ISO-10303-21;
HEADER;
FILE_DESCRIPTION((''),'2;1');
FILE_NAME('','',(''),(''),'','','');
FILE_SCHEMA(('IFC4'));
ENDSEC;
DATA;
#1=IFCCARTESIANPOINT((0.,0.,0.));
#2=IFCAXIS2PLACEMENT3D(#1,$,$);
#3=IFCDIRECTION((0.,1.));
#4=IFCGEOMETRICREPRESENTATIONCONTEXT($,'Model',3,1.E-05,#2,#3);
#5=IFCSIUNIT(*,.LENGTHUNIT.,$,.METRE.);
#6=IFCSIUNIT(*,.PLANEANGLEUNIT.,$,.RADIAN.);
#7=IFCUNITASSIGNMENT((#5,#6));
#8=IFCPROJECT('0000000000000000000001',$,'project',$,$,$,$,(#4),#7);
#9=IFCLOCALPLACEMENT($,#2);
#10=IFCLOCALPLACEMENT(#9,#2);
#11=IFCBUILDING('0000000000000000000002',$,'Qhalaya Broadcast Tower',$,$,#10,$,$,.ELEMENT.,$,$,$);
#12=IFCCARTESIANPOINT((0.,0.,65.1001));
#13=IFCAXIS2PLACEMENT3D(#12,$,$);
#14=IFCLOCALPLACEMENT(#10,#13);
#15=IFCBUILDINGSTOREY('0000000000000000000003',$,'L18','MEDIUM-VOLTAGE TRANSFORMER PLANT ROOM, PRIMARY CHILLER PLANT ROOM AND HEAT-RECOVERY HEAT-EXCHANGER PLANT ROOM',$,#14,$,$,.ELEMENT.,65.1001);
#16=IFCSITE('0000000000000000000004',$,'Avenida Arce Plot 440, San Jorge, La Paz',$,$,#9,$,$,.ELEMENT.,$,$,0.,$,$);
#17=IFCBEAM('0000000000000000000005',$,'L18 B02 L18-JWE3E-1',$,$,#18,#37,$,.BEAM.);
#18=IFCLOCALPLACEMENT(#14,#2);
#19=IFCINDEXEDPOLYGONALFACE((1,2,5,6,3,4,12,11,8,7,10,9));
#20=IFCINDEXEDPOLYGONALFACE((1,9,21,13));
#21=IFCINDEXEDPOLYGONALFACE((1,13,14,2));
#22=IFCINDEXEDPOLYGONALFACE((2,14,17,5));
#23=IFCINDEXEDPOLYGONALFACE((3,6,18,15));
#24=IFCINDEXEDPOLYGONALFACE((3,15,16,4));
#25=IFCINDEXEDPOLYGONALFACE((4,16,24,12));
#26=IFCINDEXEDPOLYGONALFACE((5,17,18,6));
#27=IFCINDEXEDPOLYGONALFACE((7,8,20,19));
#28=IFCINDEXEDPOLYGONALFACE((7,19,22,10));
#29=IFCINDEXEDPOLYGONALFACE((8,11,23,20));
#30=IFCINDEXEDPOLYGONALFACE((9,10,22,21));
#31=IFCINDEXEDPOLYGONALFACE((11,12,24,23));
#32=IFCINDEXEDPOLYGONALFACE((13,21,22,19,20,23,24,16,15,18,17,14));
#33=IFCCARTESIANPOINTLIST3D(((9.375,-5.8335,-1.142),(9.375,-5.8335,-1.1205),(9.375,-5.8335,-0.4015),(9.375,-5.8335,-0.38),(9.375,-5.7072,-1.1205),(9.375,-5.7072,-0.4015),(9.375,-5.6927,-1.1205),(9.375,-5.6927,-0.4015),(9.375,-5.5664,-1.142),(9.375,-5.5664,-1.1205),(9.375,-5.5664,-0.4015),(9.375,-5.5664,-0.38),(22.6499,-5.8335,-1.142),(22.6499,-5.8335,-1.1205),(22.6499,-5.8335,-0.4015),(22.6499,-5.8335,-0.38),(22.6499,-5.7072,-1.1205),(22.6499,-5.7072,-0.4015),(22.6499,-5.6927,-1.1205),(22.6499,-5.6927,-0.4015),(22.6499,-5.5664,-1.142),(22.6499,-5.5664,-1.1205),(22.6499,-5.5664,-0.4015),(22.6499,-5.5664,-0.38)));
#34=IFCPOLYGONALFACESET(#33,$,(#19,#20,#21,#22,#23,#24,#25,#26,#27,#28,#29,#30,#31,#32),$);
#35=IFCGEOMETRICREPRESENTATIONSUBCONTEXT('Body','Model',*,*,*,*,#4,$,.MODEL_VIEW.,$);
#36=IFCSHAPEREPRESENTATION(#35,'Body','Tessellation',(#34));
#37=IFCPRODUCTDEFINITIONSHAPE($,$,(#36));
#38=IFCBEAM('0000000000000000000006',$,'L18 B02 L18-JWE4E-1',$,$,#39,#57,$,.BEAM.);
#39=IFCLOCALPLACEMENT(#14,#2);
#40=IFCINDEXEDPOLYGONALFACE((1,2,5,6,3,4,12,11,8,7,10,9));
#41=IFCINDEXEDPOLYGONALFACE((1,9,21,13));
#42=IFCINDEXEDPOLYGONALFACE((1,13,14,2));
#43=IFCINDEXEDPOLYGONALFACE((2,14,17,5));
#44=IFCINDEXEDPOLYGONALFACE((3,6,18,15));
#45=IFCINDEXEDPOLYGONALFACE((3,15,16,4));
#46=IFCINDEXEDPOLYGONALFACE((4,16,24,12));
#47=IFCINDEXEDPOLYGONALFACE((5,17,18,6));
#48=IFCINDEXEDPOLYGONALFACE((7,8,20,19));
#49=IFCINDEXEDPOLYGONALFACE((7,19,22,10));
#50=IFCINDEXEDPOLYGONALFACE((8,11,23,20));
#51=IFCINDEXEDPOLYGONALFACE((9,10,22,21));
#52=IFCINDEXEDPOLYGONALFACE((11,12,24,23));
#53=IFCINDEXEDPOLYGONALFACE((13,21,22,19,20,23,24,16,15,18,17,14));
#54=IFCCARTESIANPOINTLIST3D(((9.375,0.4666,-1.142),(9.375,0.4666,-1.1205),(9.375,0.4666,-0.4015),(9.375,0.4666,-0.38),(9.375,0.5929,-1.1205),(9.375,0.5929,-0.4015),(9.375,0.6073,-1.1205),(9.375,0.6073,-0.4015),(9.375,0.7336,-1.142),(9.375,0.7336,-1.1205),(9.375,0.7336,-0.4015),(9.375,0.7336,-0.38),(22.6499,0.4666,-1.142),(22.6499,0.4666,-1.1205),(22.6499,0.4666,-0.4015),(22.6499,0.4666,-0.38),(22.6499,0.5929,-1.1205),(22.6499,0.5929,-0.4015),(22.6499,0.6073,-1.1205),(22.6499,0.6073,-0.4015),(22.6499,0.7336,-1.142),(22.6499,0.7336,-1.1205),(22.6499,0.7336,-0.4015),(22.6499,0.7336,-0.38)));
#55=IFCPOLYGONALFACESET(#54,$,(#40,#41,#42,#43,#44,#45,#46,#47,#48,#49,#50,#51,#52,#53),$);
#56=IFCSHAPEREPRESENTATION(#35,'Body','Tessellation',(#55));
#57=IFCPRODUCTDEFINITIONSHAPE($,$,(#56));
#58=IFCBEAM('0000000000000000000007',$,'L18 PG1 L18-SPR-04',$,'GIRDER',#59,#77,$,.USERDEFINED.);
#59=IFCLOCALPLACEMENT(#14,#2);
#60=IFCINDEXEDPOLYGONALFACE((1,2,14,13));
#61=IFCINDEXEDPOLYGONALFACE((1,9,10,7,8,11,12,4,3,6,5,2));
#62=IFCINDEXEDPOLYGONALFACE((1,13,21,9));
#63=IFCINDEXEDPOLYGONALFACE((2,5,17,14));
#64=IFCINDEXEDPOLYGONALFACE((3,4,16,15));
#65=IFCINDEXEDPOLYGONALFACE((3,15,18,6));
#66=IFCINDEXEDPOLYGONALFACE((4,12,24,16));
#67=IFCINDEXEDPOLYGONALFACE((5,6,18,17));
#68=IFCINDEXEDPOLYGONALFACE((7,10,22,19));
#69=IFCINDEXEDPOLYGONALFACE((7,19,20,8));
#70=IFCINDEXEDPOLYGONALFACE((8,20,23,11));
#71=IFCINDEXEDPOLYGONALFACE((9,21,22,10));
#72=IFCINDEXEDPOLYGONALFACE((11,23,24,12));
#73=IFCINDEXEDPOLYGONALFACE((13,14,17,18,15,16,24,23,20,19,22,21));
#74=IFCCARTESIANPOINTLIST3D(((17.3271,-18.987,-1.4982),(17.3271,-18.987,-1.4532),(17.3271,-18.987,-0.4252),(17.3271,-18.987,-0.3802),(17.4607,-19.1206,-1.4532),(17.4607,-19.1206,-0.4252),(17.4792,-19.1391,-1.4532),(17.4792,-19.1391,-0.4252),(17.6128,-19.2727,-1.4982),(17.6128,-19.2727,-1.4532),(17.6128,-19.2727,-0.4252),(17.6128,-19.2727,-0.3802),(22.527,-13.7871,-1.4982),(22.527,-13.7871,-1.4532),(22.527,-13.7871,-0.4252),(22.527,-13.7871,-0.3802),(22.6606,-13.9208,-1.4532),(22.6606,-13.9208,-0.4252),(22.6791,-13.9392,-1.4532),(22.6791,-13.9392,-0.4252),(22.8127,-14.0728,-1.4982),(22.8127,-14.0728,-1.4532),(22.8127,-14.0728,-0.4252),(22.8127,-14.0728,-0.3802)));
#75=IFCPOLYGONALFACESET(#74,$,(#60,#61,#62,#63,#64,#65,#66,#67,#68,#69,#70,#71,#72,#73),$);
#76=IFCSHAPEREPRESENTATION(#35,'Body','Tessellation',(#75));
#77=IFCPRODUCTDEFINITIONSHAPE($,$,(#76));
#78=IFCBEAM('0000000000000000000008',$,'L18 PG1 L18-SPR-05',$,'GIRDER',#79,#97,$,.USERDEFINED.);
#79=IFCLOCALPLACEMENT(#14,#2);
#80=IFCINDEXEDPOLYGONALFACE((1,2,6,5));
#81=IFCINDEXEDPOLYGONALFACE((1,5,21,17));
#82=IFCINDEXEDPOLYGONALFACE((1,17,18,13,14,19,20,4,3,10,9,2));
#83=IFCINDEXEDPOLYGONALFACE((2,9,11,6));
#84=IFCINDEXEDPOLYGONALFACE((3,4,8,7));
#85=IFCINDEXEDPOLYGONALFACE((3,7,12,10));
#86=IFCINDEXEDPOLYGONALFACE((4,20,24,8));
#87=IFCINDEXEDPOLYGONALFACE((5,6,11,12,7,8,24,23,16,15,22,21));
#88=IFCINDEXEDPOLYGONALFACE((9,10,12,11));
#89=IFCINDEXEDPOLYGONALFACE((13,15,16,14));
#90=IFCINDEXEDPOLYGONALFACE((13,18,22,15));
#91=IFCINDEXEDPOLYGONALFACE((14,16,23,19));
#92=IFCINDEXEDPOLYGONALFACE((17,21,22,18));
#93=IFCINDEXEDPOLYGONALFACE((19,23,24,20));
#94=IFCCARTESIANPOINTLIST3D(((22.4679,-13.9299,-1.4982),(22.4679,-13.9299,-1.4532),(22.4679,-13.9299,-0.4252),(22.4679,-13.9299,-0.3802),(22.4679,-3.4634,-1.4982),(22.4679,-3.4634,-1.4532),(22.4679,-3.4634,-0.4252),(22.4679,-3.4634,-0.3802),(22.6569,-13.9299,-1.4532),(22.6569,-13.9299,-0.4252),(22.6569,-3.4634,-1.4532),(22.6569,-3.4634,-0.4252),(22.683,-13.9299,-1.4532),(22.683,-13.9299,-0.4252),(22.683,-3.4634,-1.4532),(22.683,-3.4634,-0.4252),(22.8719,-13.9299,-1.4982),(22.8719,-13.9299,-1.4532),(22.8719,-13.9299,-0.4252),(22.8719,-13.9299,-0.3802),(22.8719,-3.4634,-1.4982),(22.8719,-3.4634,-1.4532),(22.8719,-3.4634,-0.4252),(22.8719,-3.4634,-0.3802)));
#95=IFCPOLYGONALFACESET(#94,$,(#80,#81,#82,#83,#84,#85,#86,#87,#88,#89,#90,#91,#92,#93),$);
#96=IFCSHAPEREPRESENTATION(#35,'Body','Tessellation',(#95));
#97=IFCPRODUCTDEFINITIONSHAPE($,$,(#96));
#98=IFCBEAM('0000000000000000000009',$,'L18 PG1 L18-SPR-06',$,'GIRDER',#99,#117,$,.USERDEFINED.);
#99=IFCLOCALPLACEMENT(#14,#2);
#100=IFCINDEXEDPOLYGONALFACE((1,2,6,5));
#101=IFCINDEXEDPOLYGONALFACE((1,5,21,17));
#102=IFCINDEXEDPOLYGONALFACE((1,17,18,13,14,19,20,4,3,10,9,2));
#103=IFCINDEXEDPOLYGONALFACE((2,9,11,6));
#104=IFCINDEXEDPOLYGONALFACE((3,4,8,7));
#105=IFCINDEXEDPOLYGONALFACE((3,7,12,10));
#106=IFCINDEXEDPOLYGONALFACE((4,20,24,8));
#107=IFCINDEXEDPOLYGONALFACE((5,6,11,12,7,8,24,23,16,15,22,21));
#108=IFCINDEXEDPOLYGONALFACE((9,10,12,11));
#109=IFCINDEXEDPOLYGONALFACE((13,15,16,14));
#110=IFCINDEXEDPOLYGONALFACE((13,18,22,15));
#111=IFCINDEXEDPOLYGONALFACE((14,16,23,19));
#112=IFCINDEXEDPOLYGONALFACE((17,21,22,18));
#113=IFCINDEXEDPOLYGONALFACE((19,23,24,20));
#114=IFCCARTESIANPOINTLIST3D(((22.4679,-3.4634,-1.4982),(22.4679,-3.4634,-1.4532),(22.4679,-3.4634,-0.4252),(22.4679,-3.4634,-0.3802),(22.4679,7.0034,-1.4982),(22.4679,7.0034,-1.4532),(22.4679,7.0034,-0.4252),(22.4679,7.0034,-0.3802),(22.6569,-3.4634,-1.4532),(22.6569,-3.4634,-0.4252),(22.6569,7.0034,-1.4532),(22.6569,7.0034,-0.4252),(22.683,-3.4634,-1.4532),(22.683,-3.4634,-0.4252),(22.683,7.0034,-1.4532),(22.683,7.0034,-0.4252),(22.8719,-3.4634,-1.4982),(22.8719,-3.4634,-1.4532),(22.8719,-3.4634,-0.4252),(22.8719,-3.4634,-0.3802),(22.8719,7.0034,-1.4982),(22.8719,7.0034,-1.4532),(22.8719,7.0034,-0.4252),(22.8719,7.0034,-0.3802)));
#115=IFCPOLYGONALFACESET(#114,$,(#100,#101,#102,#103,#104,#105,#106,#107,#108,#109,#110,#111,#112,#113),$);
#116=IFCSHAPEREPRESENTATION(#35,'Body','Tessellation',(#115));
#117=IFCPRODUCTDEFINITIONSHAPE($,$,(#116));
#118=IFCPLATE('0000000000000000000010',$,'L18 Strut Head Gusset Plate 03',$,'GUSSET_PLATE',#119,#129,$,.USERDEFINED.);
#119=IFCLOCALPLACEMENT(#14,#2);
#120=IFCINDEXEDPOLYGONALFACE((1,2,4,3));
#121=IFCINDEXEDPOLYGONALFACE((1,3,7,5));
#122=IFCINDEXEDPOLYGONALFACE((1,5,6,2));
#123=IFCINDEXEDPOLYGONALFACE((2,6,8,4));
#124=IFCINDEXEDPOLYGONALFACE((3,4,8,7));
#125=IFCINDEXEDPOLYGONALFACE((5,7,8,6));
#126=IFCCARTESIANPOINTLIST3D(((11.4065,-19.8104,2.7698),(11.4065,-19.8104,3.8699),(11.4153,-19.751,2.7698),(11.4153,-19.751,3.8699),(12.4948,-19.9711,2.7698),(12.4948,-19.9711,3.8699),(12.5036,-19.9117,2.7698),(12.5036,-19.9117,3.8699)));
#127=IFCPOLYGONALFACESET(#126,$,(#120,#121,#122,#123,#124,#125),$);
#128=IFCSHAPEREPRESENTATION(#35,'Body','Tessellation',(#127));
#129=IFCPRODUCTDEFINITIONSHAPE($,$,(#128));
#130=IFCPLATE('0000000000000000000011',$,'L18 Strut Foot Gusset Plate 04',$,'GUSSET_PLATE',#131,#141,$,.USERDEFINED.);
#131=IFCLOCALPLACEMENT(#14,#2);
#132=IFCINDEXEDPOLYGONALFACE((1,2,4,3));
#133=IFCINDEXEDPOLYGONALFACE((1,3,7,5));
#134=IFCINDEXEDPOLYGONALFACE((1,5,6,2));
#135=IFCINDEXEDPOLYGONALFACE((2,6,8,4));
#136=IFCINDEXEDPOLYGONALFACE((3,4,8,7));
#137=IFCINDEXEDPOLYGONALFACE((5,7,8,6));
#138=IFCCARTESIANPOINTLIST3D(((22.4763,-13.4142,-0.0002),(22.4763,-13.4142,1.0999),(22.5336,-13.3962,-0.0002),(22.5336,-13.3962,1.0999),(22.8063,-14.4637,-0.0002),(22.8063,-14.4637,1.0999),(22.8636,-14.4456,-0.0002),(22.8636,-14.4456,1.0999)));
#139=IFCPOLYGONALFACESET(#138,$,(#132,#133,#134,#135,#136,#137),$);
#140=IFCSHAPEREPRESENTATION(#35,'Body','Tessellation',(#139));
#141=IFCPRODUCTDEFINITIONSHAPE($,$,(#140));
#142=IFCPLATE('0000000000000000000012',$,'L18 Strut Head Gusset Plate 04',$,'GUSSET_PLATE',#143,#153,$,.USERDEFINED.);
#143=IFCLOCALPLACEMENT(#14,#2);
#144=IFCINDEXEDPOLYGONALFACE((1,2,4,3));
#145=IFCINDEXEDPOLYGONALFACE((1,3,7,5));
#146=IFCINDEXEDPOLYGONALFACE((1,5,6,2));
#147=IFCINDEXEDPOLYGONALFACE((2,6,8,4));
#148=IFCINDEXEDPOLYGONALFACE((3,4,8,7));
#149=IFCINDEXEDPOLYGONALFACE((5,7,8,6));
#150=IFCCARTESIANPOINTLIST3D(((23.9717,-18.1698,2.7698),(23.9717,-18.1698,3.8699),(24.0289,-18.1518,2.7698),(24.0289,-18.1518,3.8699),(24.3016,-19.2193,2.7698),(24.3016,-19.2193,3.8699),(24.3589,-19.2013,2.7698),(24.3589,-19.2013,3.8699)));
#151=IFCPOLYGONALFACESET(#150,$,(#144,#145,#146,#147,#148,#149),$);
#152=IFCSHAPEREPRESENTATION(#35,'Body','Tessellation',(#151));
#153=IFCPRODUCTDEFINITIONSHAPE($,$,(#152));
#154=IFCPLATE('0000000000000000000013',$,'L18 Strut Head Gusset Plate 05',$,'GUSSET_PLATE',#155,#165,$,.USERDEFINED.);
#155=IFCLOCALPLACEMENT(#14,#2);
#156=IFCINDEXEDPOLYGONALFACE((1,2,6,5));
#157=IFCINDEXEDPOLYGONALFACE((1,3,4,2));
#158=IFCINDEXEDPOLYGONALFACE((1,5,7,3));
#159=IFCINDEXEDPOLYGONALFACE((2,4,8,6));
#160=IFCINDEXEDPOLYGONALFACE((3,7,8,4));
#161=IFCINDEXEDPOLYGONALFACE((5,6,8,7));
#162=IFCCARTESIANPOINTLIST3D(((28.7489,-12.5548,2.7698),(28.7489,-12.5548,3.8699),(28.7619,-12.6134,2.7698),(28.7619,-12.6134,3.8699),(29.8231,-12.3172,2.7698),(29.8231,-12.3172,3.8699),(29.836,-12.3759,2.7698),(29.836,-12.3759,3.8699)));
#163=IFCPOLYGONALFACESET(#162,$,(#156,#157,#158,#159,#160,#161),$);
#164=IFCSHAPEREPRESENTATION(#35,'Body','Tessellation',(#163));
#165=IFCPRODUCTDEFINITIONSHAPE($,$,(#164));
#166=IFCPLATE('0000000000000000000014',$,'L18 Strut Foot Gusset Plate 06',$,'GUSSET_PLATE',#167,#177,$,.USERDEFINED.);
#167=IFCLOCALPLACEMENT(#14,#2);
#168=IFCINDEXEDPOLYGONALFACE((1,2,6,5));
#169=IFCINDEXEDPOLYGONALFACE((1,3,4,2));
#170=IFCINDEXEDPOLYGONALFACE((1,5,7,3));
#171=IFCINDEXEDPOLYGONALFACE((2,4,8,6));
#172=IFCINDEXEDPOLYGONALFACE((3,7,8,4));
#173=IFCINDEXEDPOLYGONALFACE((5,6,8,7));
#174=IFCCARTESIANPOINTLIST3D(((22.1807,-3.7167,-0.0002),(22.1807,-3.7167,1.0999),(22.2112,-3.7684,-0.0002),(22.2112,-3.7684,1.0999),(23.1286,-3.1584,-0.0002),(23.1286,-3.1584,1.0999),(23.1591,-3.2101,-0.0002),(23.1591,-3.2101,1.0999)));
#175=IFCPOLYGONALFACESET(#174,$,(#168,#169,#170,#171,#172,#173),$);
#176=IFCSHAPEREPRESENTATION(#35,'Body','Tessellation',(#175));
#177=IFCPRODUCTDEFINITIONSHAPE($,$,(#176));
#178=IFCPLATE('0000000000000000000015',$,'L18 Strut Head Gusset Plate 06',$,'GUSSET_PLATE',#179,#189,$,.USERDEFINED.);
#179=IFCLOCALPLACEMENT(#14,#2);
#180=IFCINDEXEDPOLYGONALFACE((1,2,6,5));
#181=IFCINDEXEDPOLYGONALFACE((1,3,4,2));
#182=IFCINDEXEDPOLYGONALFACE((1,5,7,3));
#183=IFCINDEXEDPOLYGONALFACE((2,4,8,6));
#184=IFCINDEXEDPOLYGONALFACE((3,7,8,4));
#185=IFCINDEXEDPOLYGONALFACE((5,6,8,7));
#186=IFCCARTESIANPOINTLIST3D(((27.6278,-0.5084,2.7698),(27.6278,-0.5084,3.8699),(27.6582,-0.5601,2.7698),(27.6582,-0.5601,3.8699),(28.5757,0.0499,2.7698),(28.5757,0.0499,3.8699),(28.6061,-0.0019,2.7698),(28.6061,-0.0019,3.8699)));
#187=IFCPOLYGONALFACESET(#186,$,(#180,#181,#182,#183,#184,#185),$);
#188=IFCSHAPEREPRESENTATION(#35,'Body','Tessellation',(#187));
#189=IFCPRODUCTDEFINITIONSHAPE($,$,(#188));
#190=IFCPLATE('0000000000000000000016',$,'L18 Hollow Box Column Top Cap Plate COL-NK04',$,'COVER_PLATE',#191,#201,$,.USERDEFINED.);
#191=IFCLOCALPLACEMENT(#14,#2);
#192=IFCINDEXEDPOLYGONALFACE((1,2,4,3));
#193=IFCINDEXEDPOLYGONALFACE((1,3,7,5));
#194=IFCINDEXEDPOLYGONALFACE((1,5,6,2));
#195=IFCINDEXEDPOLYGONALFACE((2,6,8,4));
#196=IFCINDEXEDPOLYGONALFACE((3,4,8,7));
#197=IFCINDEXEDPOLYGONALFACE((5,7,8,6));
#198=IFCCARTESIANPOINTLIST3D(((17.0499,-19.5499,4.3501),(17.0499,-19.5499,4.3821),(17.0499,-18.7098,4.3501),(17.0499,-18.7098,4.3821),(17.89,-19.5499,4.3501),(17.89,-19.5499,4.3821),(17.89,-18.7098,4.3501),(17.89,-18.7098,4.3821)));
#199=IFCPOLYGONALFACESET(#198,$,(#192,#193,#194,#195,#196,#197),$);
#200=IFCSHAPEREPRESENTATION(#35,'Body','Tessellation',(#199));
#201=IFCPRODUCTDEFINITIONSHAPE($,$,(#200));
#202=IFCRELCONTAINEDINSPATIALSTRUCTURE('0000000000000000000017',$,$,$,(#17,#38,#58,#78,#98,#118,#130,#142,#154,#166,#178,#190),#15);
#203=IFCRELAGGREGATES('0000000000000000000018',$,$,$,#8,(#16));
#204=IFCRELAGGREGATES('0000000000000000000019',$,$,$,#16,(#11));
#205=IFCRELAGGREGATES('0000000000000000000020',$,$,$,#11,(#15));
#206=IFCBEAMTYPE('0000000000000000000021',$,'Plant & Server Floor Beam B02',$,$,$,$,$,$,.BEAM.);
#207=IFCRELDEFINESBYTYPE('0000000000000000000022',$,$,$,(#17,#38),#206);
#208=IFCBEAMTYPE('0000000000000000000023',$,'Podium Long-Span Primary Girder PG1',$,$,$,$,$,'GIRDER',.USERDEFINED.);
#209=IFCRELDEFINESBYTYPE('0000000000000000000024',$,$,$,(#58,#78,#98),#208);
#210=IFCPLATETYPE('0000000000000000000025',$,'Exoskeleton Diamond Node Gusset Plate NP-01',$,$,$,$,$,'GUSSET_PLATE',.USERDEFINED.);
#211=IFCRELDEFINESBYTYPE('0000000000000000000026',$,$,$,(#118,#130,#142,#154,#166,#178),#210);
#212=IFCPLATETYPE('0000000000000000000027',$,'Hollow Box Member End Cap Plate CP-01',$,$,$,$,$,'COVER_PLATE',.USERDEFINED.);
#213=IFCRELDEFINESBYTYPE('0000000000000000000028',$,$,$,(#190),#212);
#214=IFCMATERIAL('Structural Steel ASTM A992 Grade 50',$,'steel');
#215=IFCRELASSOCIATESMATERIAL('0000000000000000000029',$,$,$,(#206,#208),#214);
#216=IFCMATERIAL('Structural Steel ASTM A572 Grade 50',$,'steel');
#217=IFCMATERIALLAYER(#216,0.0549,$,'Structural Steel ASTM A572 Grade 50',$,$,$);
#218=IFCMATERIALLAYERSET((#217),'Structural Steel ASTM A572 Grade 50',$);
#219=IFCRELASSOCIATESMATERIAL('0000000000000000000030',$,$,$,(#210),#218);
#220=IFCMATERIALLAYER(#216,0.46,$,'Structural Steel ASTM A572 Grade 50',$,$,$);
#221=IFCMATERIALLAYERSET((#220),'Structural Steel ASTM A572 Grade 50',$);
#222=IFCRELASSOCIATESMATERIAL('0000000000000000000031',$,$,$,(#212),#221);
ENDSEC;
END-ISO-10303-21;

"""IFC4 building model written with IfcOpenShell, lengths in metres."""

from ifc_helpers import new_model, si_unit, direction, frame, origin, origin_2d, place, context, subcontext, project, spatial, rectangle, i_section, extrude, material, layer, layer_set, material_profile, profile_set, type_object, element, save


model = new_model("IFC4")

# Units and contexts
model_context = context("Model", 3, precision=1e-05, world=origin(), true_north=direction((0.0, 1.0)))
body_context = subcontext(model_context, "Body", "Model", "MODEL_VIEW")
ifc_project = project(units=[si_unit("LENGTHUNIT", "METRE"), si_unit("PLANEANGLEUNIT", "RADIAN")], contexts=[model_context])

# Site, building, storey
site_placement = place(None, origin())
site = spatial("IfcSite", under=ifc_project, at=site_placement, Name="Avenida Arce Plot 440, San Jorge, La Paz", CompositionType="ELEMENT", RefElevation=0.0)
building_placement = place(site_placement, origin())
building = spatial("IfcBuilding", under=site, at=building_placement, Name="Qhalaya Broadcast Tower", CompositionType="ELEMENT")
storey_placement = place(building_placement, frame((0.0, 0.0, 65.1001)))
storey = spatial("IfcBuildingStorey", under=building, at=storey_placement, Name="L18", Description="MEDIUM-VOLTAGE TRANSFORMER PLANT ROOM, PRIMARY CHILLER PLANT ROOM AND HEAT-RECOVERY HEAT-EXCHANGER PLANT ROOM", CompositionType="ELEMENT", Elevation=65.1001)

# Shared definitions
ifc_material_1 = material(Name="Structural Steel ASTM A992 Grade 50", Category="steel")
ifc_material_2 = material(Name="Structural Steel ASTM A572 Grade 50", Category="steel")

# Beams
ifc_material_profile_1 = material_profile(ifc_material_1, i_section(OverallWidth=0.2671, OverallDepth=0.762, WebThickness=0.0144, FlangeThickness=0.0215, at=origin_2d()), Name="W30X116")
ifc_profile_set_1 = profile_set([ifc_material_profile_1], Name="Structural Steel ASTM A992 Grade 50")
beam_type_1 = type_object("IfcBeamType", Name="Plant & Server Floor Beam B02", PredefinedType="BEAM", material=ifc_profile_set_1)
for number, where, z_axis, x_axis, name in (
    (1, (9.375, -5.7, -0.761), (1.0, 0.0, 0.0), (0.0, 1.0, 0.0), "L18 B02 L18-JWE3E-1"),
    (2, (9.375, 0.6001, -0.761), (1.0, 0.0, 0.0), (0.0, 1.0, 0.0), "L18 B02 L18-JWE4E-1"),
):
    element("IfcBeam", number, at=place(storey_placement, frame(where, z_axis=z_axis, x_axis=x_axis)), inside=storey, type_object=beam_type_1, Name=name, PredefinedType="BEAM", context=body_context, shape_type="SweptSolid", body=[
        extrude(i_section(OverallWidth=0.2671, OverallDepth=0.762, WebThickness=0.0144, FlangeThickness=0.0215, at=origin_2d()), origin(), (0.0, 0.0, 1.0), 13.2749),
    ])
ifc_material_profile_2 = material_profile(ifc_material_1, i_section(OverallWidth=0.4041, OverallDepth=1.1179, WebThickness=0.0261, FlangeThickness=0.0449, at=origin_2d()), Name="W44X335")
ifc_profile_set_2 = profile_set([ifc_material_profile_2], Name="Structural Steel ASTM A992 Grade 50")
beam_type_2 = type_object("IfcBeamType", Name="Podium Long-Span Primary Girder PG1", ElementType="GIRDER", PredefinedType="USERDEFINED", material=ifc_profile_set_2)
beam_1_placement = place(storey_placement, frame((17.47, -19.1299, -0.9392), z_axis=(0.707107, 0.707107, 0.0), x_axis=(-0.707107, 0.707107, 0.0)))
element("IfcBeam", 3, at=beam_1_placement, inside=storey, type_object=beam_type_2, Name="L18 PG1 L18-SPR-04", ObjectType="GIRDER", PredefinedType="USERDEFINED", context=body_context, shape_type="SweptSolid", body=[
    extrude(i_section(OverallWidth=0.4041, OverallDepth=1.1179, WebThickness=0.0261, FlangeThickness=0.0449, at=origin_2d()), origin(), (0.0, 0.0, 1.0), 7.3538),
])
beam_2_placement = place(storey_placement, frame((22.6699, -13.9299, -0.9392), z_axis=(0.0, 1.0, 0.0), x_axis=(-1.0, 0.0, 0.0)))
element("IfcBeam", 4, at=beam_2_placement, inside=storey, type_object=beam_type_2, Name="L18 PG1 L18-SPR-05", ObjectType="GIRDER", PredefinedType="USERDEFINED", context=body_context, shape_type="SweptSolid", body=[
    extrude(i_section(OverallWidth=0.4041, OverallDepth=1.1179, WebThickness=0.0261, FlangeThickness=0.0449, at=origin_2d()), origin(), (0.0, 0.0, 1.0), 10.4666),
])
beam_3_placement = place(storey_placement, frame((22.6699, -3.4634, -0.9392), z_axis=(0.0, 1.0, 0.0), x_axis=(-1.0, 0.0, 0.0)))
element("IfcBeam", 5, at=beam_3_placement, inside=storey, type_object=beam_type_2, Name="L18 PG1 L18-SPR-06", ObjectType="GIRDER", PredefinedType="USERDEFINED", context=body_context, shape_type="SweptSolid", body=[
    extrude(i_section(OverallWidth=0.4041, OverallDepth=1.1179, WebThickness=0.0261, FlangeThickness=0.0449, at=origin_2d()), origin(), (0.0, 0.0, 1.0), 10.4668),
])

# Plates
ifc_layer_1 = layer(ifc_material_2, 0.0549, Name="Structural Steel ASTM A572 Grade 50")
ifc_layer_set_1 = layer_set([ifc_layer_1], Name="Structural Steel ASTM A572 Grade 50")
plate_type_1 = type_object("IfcPlateType", Name="Exoskeleton Diamond Node Gusset Plate NP-01", ElementType="GUSSET_PLATE", PredefinedType="USERDEFINED", material=ifc_layer_set_1)
for number, where, z_axis, x_axis, name in (
    (6, (11.9551, -19.8611, 2.7698), (0.0, 0.0, 1.0), (0.989272, -0.146083, 0.0), "L18 Strut Head Gusset Plate 03"),
    (7, (22.6699, -13.9299, -0.0002), (0.0, 0.0, 1.0), (0.29994, -0.953958, 0.0), "L18 Strut Foot Gusset Plate 04"),
    (8, (24.1653, -18.6855, 2.7698), (0.0, 0.0, 1.0), (0.29994, -0.953958, 0.0), "L18 Strut Head Gusset Plate 04"),
    (9, (29.2925, -12.4653, 2.7698), (0.0, 0.0, 1.0), (0.976409, 0.215928, 0.0), "L18 Strut Head Gusset Plate 05"),
    (10, (22.6699, -3.4634, -0.0002), (0.0, 0.0, 1.0), (0.861656, 0.507493, 0.0), "L18 Strut Foot Gusset Plate 06"),
    (11, (28.1169, -0.2551, 2.7698), (0.0, 0.0, 1.0), (0.861656, 0.507493, 0.0), "L18 Strut Head Gusset Plate 06"),
):
    element("IfcPlate", number, at=place(storey_placement, frame(where, z_axis=z_axis, x_axis=x_axis)), inside=storey, type_object=plate_type_1, Name=name, ObjectType="GUSSET_PLATE", PredefinedType="USERDEFINED", context=body_context, shape_type="SweptSolid", body=[
        extrude(rectangle(XDim=1.1001, YDim=0.0601, at=origin_2d()), origin(), (0.0, 0.0, 1.0), 1.1001),
    ])
ifc_layer_2 = layer(ifc_material_2, 0.46, Name="Structural Steel ASTM A572 Grade 50")
ifc_layer_set_2 = layer_set([ifc_layer_2], Name="Structural Steel ASTM A572 Grade 50")
plate_type_2 = type_object("IfcPlateType", Name="Hollow Box Member End Cap Plate CP-01", ElementType="COVER_PLATE", PredefinedType="USERDEFINED", material=ifc_layer_set_2)
for number, where, z_axis, x_axis, name in (
    (12, (17.47, -19.1299, 4.3501), (0.0, 0.0, 1.0), (1.0, 0.0, 0.0), "L18 Hollow Box Column Top Cap Plate COL-NK04"),
):
    element("IfcPlate", number, at=place(storey_placement, frame(where, z_axis=z_axis, x_axis=x_axis)), inside=storey, type_object=plate_type_2, Name=name, ObjectType="COVER_PLATE", PredefinedType="USERDEFINED", context=body_context, shape_type="SweptSolid", body=[
        extrude(rectangle(XDim=0.8401, YDim=0.8401, at=origin_2d()), origin(), (0.0, 0.0, 1.0), 0.032),
    ])

save(model, "model.ifc")
